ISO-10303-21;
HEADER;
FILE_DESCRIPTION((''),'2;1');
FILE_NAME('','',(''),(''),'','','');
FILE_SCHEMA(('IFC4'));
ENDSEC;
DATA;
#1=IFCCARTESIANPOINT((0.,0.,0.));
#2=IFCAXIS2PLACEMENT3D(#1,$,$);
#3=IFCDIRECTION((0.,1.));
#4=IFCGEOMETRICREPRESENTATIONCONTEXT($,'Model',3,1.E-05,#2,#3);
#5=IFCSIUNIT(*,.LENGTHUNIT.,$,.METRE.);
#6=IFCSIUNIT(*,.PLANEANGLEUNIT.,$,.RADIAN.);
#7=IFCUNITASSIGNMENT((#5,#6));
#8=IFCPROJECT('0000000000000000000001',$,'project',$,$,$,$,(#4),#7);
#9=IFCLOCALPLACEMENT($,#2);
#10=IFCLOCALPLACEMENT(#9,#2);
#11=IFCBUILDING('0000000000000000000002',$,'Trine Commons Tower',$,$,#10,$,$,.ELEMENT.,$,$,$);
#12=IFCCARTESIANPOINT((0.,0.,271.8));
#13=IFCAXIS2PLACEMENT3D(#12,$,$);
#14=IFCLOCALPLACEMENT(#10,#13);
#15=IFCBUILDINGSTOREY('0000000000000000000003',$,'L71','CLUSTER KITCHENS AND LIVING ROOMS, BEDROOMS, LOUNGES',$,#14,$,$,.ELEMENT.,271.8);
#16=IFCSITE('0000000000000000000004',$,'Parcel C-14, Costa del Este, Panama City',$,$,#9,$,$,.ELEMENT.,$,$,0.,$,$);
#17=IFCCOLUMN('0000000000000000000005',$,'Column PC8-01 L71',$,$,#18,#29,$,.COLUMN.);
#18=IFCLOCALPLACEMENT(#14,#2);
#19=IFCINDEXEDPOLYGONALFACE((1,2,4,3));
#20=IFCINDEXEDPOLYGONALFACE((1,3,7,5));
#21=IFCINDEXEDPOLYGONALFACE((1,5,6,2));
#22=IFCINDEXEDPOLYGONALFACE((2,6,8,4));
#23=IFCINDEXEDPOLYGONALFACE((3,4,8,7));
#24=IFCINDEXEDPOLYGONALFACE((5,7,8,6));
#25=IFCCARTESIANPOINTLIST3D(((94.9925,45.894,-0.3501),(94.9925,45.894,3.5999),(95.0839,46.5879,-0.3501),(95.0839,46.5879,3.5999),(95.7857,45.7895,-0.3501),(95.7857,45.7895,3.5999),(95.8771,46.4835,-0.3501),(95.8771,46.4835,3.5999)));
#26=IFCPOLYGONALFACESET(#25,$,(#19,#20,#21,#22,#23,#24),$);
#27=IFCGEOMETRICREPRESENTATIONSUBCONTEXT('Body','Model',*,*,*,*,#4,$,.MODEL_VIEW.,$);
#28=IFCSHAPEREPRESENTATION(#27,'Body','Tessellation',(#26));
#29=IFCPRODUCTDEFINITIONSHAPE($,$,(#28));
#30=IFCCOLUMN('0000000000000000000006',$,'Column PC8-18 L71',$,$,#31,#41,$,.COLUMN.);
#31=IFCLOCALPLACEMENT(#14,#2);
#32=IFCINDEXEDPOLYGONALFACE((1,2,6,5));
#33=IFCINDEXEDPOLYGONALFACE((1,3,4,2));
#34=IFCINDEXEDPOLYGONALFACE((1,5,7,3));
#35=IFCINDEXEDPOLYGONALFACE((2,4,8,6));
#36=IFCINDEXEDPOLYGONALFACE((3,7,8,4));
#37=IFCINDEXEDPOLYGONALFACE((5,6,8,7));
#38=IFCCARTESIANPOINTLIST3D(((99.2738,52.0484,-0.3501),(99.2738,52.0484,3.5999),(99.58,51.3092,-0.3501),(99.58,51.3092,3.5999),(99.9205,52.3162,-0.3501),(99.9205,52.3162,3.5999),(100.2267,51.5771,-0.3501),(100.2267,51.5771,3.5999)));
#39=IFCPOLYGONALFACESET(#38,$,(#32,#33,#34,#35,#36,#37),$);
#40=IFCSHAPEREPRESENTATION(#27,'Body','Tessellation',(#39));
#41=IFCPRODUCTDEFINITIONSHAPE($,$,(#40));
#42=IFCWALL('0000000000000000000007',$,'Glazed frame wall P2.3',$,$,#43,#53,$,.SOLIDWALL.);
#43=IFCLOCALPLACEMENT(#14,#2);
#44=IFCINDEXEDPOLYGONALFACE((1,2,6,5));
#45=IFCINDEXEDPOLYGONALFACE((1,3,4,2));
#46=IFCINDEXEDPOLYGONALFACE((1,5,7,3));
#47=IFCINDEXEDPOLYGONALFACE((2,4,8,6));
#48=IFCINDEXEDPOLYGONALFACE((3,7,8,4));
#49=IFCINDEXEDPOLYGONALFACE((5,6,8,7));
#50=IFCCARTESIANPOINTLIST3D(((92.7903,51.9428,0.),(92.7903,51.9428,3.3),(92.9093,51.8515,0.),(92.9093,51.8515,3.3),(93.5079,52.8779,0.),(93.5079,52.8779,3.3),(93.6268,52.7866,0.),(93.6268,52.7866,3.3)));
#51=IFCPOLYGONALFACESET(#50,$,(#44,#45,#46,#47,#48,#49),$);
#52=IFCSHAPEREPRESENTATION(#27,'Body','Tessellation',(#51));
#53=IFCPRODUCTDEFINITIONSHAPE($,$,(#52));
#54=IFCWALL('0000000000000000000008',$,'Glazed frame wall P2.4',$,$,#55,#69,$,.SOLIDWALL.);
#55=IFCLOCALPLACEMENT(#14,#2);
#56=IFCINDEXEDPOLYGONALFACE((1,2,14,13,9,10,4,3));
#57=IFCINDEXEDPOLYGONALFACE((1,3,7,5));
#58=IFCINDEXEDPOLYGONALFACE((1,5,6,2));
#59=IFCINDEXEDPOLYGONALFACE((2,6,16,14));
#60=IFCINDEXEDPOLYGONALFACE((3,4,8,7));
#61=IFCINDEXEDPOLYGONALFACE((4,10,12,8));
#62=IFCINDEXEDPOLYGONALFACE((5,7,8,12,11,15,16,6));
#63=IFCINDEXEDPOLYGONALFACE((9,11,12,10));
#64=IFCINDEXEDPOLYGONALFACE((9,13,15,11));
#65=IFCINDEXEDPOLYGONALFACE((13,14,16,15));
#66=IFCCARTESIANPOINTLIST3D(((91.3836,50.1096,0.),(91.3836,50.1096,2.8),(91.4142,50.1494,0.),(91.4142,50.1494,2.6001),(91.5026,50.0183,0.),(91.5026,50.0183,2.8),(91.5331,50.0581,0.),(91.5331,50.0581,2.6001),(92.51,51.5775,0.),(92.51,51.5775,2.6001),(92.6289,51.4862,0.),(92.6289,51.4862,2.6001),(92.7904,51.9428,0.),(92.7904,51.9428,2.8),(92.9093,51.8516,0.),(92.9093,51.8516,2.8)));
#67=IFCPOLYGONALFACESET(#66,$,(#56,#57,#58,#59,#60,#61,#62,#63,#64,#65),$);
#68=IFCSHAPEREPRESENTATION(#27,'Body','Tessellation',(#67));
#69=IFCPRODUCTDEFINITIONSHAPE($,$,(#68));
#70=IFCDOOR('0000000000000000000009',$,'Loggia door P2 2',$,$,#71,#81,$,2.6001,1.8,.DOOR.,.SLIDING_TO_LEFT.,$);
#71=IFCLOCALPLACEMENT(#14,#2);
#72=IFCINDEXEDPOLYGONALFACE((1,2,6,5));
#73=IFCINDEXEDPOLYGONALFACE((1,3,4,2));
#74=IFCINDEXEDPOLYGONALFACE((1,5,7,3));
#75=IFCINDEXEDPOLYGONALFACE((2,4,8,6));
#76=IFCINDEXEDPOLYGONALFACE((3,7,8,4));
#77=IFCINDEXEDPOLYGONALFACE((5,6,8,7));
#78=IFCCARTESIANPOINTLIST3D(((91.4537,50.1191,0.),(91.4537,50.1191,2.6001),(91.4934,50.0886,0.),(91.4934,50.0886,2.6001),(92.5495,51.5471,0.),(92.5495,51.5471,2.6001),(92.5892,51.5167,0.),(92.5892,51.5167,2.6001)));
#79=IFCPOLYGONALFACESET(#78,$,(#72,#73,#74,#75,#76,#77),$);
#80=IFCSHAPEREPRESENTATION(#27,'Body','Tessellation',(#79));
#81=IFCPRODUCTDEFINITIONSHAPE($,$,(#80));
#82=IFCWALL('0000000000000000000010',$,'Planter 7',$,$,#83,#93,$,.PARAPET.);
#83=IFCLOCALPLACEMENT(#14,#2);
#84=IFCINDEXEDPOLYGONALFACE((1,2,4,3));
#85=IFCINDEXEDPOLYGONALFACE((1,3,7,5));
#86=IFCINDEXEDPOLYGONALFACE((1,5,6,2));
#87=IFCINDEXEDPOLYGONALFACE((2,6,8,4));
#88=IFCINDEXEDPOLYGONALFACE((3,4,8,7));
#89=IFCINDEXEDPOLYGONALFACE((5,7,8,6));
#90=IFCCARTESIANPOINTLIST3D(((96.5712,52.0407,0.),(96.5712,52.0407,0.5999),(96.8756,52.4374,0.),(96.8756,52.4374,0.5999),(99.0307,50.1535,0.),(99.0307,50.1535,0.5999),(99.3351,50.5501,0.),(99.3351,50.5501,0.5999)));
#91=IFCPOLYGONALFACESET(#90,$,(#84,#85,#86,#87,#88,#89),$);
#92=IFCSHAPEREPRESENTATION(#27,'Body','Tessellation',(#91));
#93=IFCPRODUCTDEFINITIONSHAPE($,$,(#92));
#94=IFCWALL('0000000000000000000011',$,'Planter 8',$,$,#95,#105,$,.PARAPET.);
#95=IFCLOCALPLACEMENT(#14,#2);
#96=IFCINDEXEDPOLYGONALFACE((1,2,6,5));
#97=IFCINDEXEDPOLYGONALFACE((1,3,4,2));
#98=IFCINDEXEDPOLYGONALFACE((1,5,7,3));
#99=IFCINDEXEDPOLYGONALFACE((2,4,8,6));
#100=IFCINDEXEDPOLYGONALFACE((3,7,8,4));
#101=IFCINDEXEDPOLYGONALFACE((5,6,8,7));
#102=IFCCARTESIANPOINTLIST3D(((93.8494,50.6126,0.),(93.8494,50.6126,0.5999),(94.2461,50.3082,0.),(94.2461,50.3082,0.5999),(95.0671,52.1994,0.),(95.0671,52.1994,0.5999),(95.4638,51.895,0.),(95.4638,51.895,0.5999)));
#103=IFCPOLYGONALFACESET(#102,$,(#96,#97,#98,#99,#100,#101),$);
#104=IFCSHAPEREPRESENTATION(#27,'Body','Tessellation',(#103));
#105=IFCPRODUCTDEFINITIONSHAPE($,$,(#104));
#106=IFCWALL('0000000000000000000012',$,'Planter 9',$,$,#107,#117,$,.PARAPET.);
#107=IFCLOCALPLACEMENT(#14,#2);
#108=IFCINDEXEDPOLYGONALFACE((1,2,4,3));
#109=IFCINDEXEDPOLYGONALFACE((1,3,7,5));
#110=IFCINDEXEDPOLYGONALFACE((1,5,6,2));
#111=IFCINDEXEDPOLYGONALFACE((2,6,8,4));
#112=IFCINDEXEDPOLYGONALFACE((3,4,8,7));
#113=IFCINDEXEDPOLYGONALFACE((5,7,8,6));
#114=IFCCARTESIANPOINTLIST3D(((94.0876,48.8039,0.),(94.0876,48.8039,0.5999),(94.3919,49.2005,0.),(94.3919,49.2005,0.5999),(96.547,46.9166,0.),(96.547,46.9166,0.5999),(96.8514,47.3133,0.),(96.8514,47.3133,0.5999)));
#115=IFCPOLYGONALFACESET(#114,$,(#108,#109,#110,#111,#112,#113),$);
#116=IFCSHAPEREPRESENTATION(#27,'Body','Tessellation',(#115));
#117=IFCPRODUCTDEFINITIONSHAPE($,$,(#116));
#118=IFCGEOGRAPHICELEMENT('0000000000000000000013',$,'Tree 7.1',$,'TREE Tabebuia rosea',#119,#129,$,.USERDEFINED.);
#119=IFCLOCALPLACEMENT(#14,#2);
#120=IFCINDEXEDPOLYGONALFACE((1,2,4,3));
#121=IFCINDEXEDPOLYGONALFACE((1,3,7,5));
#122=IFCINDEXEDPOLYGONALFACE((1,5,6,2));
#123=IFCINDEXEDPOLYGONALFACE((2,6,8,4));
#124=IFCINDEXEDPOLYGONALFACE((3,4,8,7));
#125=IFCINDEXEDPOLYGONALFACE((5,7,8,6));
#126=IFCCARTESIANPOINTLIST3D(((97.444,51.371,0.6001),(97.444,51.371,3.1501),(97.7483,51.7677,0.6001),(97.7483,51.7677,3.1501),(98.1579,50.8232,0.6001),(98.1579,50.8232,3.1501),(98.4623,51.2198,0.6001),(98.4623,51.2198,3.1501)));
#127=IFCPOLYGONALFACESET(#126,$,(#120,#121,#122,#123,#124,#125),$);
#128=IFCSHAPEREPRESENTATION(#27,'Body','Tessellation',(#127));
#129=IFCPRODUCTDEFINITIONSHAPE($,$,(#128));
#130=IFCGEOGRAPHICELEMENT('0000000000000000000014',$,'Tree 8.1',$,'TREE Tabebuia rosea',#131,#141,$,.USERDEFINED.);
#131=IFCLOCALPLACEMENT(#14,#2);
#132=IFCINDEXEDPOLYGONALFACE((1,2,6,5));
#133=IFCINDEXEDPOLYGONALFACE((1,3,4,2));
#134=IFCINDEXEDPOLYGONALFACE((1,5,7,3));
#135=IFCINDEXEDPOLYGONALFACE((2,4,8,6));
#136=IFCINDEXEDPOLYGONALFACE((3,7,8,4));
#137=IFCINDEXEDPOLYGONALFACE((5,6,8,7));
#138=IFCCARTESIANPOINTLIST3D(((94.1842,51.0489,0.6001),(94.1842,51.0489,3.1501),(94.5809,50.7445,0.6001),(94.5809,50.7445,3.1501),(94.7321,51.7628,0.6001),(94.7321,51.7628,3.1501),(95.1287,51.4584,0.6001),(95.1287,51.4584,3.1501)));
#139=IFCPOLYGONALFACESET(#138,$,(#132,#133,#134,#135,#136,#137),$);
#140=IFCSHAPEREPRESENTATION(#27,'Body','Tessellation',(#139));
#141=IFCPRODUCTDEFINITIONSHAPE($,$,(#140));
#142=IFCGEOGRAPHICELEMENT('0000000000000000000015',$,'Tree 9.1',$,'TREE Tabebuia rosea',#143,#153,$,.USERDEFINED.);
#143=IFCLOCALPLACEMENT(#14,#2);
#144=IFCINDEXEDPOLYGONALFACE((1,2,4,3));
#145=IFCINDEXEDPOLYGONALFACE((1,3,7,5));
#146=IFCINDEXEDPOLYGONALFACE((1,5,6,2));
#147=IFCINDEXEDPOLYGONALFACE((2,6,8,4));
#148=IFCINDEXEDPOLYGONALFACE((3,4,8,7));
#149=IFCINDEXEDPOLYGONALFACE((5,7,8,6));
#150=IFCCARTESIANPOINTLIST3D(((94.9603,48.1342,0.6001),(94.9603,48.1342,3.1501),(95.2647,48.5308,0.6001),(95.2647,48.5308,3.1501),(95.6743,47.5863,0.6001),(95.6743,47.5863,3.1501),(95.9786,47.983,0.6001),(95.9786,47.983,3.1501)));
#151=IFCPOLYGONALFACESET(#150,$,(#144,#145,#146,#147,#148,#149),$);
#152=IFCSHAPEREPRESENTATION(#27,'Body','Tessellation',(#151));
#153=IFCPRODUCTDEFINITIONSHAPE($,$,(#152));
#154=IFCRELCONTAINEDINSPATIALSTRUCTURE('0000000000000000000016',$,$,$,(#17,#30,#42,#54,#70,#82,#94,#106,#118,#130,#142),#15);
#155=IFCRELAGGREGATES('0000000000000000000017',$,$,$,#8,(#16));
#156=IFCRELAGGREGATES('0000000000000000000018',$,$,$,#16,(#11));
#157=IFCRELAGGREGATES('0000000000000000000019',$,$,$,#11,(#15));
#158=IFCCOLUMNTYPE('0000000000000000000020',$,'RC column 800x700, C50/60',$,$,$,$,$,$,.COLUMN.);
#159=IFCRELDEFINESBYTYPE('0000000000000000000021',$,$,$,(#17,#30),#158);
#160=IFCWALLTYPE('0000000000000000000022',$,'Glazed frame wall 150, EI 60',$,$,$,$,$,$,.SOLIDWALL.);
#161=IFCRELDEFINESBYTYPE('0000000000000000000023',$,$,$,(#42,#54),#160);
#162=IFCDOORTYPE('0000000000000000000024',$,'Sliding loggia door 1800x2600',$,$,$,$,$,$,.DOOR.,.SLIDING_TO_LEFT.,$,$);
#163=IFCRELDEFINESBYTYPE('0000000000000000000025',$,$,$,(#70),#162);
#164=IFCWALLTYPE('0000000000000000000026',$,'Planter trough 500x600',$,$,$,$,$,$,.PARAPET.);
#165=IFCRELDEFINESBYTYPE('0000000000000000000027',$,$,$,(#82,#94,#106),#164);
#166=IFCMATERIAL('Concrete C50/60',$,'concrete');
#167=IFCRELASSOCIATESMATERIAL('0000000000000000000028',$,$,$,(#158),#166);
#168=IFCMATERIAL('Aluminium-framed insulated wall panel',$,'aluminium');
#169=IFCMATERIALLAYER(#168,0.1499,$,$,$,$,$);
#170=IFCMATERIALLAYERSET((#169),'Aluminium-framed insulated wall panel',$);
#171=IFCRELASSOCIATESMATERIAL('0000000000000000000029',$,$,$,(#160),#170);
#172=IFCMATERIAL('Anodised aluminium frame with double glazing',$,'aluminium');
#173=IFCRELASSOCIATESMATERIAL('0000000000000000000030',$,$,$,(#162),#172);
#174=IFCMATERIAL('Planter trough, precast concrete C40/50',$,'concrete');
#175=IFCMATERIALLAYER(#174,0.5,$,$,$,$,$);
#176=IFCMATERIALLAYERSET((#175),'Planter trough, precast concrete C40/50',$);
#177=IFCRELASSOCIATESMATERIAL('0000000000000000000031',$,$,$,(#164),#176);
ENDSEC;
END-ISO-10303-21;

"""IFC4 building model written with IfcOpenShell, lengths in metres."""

from ifc_helpers import new_model, si_unit, direction, frame, frame_2d, origin, origin_2d, place, context, subcontext, project, spatial, polyline, rectangle, outline, extrude, material, layer, layer_set, material_profile, profile_set, type_object, element, fill, save


model = new_model("IFC4")

# Units and contexts
model_context = context("Model", 3, precision=1e-05, world=origin(), true_north=direction((0.0, 1.0)))
body_context = subcontext(model_context, "Body", "Model", "MODEL_VIEW")
ifc_project = project(units=[si_unit("LENGTHUNIT", "METRE"), si_unit("PLANEANGLEUNIT", "RADIAN")], contexts=[model_context])

# Site, building, storey
site_placement = place(None, origin())
site = spatial("IfcSite", under=ifc_project, at=site_placement, Name="Parcel C-14, Costa del Este, Panama City", CompositionType="ELEMENT", RefElevation=0.0)
building_placement = place(site_placement, origin())
building = spatial("IfcBuilding", under=site, at=building_placement, Name="Trine Commons Tower", CompositionType="ELEMENT")
storey_placement = place(building_placement, frame((0.0, 0.0, 271.8)))
storey = spatial("IfcBuildingStorey", under=building, at=storey_placement, Name="L71", Description="CLUSTER KITCHENS AND LIVING ROOMS, BEDROOMS, LOUNGES", CompositionType="ELEMENT", Elevation=271.8)

# Columns
ifc_material_1 = material(Name="Concrete C50/60", Category="concrete")
ifc_material_profile = material_profile(ifc_material_1, rectangle(XDim=0.8, YDim=0.7, at=origin_2d()), Name="RC 800x700")
ifc_profile_set = profile_set([ifc_material_profile], Name="Concrete C50/60")
column_type = type_object("IfcColumnType", Name="RC column 800x700, C50/60", PredefinedType="COLUMN", material=ifc_profile_set)
for number, where, z_axis, x_axis, name in (
    (1, (95.4348, 46.1887, -0.3501), (0.0, 0.0, 1.0), (-0.991445, 0.130526, 0.0), "Column PC8-01 L71"),
    (2, (99.7502, 51.8127, -0.3501), (0.0, 0.0, 1.0), (-0.382683, 0.92388, 0.0), "Column PC8-18 L71"),
):
    element("IfcColumn", number, at=place(storey_placement, frame(where, z_axis=z_axis, x_axis=x_axis)), inside=storey, type_object=column_type, Name=name, PredefinedType="COLUMN", context=body_context, shape_type="SweptSolid", body=[
        extrude(rectangle(XDim=0.8, YDim=0.7, at=origin_2d()), origin(), (0.0, 0.0, 1.0), 3.95),
    ])

# Wall
ifc_material_2 = material(Name="Aluminium-framed insulated wall panel", Category="aluminium")
ifc_layer_1 = layer(ifc_material_2, 0.1499)
ifc_layer_set_1 = layer_set([ifc_layer_1], Name="Aluminium-framed insulated wall panel")
wall_type_1 = type_object("IfcWallType", Name="Glazed frame wall 150, EI 60", PredefinedType="SOLIDWALL", material=ifc_layer_set_1)
wall_1_placement = place(storey_placement, frame((93.5674, 52.8323, 0.0), z_axis=(0.0, 0.0, 1.0), x_axis=(-0.608779, -0.79334, 0.0)))
element("IfcWall", 3, at=wall_1_placement, inside=storey, type_object=wall_type_1, Name="Glazed frame wall P2.3", PredefinedType="SOLIDWALL", context=body_context, shape_type="SweptSolid", body=[
    extrude(outline(polyline([(0.0, -0.075), (1.1787, -0.075), (1.1787, 0.075), (0.0, 0.075), (0.0, -0.075)])), origin(), (0.0, 0.0, 1.0), 3.3),
])

# Wall, opening, door
wall_2_placement = place(storey_placement, frame((92.8499, 51.8972, 0.0), z_axis=(0.0, 0.0, 1.0), x_axis=(-0.608771, -0.793346, 0.0)))
wall_2 = element("IfcWall", 4, at=wall_2_placement, inside=storey, type_object=wall_type_1, Name="Glazed frame wall P2.4", PredefinedType="SOLIDWALL", context=body_context, shape_type="SweptSolid", body=[
    extrude(outline(polyline([(0.0, -0.075), (2.3108, -0.075), (2.3108, 0.075), (0.0, 0.075), (0.0, -0.075)])), origin(), (0.0, 0.0, 1.0), 2.8),
])
opening_placement = place(wall_2_placement, frame((0.4607, 0.0, 0.0)))
opening = element("IfcOpeningElement", 5, at=opening_placement, cuts=wall_2, PredefinedType="OPENING", context=body_context, shape_type="SweptSolid", body=[
    extrude(rectangle(XDim=1.8, YDim=2.6001, at=frame_2d((0.8999, 1.3))), frame((0.0, 0.085, 0.0), z_axis=(0.0, -1.0, 0.0), x_axis=(1.0, 0.0, 0.0)), (0.0, 0.0, 1.0), 0.1699),
])
ifc_material_3 = material(Name="Anodised aluminium frame with double glazing", Category="aluminium")
door_type = type_object("IfcDoorType", Name="Sliding loggia door 1800x2600", OperationType="SLIDING_TO_LEFT", PredefinedType="DOOR", material=ifc_material_3)
door_placement = place(opening_placement, origin())
door = element("IfcDoor", 6, at=door_placement, inside=storey, type_object=door_type, Name="Loggia door P2 2", OperationType="SLIDING_TO_LEFT", OverallHeight=2.6001, OverallWidth=1.8, PredefinedType="DOOR", context=body_context, shape_type="SweptSolid", body=[
    extrude(rectangle(XDim=1.8, YDim=2.6001, at=frame_2d((0.8999, 1.3))), frame((0.0, 0.0249, 0.0), z_axis=(0.0, -1.0, 0.0), x_axis=(1.0, 0.0, 0.0)), (0.0, 0.0, 1.0), 0.05),
])
fill(opening, door)

# Walls
ifc_material_4 = material(Name="Planter trough, precast concrete C40/50", Category="concrete")
ifc_layer_2 = layer(ifc_material_4, 0.5)
ifc_layer_set_2 = layer_set([ifc_layer_2], Name="Planter trough, precast concrete C40/50")
wall_type_2 = type_object("IfcWallType", Name="Planter trough 500x600", PredefinedType="PARAPET", material=ifc_layer_set_2)
wall_3_placement = place(storey_placement, frame((99.1829, 50.3518, 0.0), z_axis=(0.0, 0.0, 1.0), x_axis=(-0.793355, 0.608759, 0.0)))
element("IfcWall", 7, at=wall_3_placement, inside=storey, type_object=wall_type_2, Name="Planter 7", PredefinedType="PARAPET", context=body_context, shape_type="SweptSolid", body=[
    extrude(rectangle(XDim=3.1001, YDim=0.5, at=frame_2d((1.55, 0.0))), origin(), (0.0, 0.0, 1.0), 0.5999),
])
wall_4_placement = place(storey_placement, frame((95.2654, 52.0471, 0.0), z_axis=(0.0, 0.0, 1.0), x_axis=(-0.60879, -0.793331, 0.0)))
element("IfcWall", 8, at=wall_4_placement, inside=storey, type_object=wall_type_2, Name="Planter 8", PredefinedType="PARAPET", context=body_context, shape_type="SweptSolid", body=[
    extrude(rectangle(XDim=2.0002, YDim=0.5, at=frame_2d((1.0, 0.0))), origin(), (0.0, 0.0, 1.0), 0.5999),
])
wall_5_placement = place(storey_placement, frame((94.2397, 49.0022, 0.0), z_axis=(0.0, 0.0, 1.0), x_axis=(0.793355, -0.608759, 0.0)))
element("IfcWall", 9, at=wall_5_placement, inside=storey, type_object=wall_type_2, Name="Planter 9", PredefinedType="PARAPET", context=body_context, shape_type="SweptSolid", body=[
    extrude(rectangle(XDim=3.1001, YDim=0.5, at=frame_2d((1.55, 0.0))), origin(), (0.0, 0.0, 1.0), 0.5999),
])

# Geographic elements
for number, where, z_axis, x_axis, name in (
    (10, (97.9531, 51.2954, 0.6001), (0.0, 0.0, 1.0), (-0.793348, 0.608768, 0.0), "Tree 7.1"),
    (11, (94.6565, 51.2537, 0.6001), (0.0, 0.0, 1.0), (-0.608764, -0.793351, 0.0), "Tree 8.1"),
    (12, (95.4695, 48.0586, 0.6001), (0.0, 0.0, 1.0), (0.793348, -0.608768, 0.0), "Tree 9.1"),
):
    element("IfcGeographicElement", number, at=place(storey_placement, frame(where, z_axis=z_axis, x_axis=x_axis)), inside=storey, Name=name, ObjectType="TREE Tabebuia rosea", PredefinedType="USERDEFINED", context=body_context, shape_type="SweptSolid", body=[
        extrude(rectangle(XDim=0.8999, YDim=0.5, at=origin_2d()), origin(), (0.0, 0.0, 1.0), 2.55),
    ])

save(model, "model.ifc")
